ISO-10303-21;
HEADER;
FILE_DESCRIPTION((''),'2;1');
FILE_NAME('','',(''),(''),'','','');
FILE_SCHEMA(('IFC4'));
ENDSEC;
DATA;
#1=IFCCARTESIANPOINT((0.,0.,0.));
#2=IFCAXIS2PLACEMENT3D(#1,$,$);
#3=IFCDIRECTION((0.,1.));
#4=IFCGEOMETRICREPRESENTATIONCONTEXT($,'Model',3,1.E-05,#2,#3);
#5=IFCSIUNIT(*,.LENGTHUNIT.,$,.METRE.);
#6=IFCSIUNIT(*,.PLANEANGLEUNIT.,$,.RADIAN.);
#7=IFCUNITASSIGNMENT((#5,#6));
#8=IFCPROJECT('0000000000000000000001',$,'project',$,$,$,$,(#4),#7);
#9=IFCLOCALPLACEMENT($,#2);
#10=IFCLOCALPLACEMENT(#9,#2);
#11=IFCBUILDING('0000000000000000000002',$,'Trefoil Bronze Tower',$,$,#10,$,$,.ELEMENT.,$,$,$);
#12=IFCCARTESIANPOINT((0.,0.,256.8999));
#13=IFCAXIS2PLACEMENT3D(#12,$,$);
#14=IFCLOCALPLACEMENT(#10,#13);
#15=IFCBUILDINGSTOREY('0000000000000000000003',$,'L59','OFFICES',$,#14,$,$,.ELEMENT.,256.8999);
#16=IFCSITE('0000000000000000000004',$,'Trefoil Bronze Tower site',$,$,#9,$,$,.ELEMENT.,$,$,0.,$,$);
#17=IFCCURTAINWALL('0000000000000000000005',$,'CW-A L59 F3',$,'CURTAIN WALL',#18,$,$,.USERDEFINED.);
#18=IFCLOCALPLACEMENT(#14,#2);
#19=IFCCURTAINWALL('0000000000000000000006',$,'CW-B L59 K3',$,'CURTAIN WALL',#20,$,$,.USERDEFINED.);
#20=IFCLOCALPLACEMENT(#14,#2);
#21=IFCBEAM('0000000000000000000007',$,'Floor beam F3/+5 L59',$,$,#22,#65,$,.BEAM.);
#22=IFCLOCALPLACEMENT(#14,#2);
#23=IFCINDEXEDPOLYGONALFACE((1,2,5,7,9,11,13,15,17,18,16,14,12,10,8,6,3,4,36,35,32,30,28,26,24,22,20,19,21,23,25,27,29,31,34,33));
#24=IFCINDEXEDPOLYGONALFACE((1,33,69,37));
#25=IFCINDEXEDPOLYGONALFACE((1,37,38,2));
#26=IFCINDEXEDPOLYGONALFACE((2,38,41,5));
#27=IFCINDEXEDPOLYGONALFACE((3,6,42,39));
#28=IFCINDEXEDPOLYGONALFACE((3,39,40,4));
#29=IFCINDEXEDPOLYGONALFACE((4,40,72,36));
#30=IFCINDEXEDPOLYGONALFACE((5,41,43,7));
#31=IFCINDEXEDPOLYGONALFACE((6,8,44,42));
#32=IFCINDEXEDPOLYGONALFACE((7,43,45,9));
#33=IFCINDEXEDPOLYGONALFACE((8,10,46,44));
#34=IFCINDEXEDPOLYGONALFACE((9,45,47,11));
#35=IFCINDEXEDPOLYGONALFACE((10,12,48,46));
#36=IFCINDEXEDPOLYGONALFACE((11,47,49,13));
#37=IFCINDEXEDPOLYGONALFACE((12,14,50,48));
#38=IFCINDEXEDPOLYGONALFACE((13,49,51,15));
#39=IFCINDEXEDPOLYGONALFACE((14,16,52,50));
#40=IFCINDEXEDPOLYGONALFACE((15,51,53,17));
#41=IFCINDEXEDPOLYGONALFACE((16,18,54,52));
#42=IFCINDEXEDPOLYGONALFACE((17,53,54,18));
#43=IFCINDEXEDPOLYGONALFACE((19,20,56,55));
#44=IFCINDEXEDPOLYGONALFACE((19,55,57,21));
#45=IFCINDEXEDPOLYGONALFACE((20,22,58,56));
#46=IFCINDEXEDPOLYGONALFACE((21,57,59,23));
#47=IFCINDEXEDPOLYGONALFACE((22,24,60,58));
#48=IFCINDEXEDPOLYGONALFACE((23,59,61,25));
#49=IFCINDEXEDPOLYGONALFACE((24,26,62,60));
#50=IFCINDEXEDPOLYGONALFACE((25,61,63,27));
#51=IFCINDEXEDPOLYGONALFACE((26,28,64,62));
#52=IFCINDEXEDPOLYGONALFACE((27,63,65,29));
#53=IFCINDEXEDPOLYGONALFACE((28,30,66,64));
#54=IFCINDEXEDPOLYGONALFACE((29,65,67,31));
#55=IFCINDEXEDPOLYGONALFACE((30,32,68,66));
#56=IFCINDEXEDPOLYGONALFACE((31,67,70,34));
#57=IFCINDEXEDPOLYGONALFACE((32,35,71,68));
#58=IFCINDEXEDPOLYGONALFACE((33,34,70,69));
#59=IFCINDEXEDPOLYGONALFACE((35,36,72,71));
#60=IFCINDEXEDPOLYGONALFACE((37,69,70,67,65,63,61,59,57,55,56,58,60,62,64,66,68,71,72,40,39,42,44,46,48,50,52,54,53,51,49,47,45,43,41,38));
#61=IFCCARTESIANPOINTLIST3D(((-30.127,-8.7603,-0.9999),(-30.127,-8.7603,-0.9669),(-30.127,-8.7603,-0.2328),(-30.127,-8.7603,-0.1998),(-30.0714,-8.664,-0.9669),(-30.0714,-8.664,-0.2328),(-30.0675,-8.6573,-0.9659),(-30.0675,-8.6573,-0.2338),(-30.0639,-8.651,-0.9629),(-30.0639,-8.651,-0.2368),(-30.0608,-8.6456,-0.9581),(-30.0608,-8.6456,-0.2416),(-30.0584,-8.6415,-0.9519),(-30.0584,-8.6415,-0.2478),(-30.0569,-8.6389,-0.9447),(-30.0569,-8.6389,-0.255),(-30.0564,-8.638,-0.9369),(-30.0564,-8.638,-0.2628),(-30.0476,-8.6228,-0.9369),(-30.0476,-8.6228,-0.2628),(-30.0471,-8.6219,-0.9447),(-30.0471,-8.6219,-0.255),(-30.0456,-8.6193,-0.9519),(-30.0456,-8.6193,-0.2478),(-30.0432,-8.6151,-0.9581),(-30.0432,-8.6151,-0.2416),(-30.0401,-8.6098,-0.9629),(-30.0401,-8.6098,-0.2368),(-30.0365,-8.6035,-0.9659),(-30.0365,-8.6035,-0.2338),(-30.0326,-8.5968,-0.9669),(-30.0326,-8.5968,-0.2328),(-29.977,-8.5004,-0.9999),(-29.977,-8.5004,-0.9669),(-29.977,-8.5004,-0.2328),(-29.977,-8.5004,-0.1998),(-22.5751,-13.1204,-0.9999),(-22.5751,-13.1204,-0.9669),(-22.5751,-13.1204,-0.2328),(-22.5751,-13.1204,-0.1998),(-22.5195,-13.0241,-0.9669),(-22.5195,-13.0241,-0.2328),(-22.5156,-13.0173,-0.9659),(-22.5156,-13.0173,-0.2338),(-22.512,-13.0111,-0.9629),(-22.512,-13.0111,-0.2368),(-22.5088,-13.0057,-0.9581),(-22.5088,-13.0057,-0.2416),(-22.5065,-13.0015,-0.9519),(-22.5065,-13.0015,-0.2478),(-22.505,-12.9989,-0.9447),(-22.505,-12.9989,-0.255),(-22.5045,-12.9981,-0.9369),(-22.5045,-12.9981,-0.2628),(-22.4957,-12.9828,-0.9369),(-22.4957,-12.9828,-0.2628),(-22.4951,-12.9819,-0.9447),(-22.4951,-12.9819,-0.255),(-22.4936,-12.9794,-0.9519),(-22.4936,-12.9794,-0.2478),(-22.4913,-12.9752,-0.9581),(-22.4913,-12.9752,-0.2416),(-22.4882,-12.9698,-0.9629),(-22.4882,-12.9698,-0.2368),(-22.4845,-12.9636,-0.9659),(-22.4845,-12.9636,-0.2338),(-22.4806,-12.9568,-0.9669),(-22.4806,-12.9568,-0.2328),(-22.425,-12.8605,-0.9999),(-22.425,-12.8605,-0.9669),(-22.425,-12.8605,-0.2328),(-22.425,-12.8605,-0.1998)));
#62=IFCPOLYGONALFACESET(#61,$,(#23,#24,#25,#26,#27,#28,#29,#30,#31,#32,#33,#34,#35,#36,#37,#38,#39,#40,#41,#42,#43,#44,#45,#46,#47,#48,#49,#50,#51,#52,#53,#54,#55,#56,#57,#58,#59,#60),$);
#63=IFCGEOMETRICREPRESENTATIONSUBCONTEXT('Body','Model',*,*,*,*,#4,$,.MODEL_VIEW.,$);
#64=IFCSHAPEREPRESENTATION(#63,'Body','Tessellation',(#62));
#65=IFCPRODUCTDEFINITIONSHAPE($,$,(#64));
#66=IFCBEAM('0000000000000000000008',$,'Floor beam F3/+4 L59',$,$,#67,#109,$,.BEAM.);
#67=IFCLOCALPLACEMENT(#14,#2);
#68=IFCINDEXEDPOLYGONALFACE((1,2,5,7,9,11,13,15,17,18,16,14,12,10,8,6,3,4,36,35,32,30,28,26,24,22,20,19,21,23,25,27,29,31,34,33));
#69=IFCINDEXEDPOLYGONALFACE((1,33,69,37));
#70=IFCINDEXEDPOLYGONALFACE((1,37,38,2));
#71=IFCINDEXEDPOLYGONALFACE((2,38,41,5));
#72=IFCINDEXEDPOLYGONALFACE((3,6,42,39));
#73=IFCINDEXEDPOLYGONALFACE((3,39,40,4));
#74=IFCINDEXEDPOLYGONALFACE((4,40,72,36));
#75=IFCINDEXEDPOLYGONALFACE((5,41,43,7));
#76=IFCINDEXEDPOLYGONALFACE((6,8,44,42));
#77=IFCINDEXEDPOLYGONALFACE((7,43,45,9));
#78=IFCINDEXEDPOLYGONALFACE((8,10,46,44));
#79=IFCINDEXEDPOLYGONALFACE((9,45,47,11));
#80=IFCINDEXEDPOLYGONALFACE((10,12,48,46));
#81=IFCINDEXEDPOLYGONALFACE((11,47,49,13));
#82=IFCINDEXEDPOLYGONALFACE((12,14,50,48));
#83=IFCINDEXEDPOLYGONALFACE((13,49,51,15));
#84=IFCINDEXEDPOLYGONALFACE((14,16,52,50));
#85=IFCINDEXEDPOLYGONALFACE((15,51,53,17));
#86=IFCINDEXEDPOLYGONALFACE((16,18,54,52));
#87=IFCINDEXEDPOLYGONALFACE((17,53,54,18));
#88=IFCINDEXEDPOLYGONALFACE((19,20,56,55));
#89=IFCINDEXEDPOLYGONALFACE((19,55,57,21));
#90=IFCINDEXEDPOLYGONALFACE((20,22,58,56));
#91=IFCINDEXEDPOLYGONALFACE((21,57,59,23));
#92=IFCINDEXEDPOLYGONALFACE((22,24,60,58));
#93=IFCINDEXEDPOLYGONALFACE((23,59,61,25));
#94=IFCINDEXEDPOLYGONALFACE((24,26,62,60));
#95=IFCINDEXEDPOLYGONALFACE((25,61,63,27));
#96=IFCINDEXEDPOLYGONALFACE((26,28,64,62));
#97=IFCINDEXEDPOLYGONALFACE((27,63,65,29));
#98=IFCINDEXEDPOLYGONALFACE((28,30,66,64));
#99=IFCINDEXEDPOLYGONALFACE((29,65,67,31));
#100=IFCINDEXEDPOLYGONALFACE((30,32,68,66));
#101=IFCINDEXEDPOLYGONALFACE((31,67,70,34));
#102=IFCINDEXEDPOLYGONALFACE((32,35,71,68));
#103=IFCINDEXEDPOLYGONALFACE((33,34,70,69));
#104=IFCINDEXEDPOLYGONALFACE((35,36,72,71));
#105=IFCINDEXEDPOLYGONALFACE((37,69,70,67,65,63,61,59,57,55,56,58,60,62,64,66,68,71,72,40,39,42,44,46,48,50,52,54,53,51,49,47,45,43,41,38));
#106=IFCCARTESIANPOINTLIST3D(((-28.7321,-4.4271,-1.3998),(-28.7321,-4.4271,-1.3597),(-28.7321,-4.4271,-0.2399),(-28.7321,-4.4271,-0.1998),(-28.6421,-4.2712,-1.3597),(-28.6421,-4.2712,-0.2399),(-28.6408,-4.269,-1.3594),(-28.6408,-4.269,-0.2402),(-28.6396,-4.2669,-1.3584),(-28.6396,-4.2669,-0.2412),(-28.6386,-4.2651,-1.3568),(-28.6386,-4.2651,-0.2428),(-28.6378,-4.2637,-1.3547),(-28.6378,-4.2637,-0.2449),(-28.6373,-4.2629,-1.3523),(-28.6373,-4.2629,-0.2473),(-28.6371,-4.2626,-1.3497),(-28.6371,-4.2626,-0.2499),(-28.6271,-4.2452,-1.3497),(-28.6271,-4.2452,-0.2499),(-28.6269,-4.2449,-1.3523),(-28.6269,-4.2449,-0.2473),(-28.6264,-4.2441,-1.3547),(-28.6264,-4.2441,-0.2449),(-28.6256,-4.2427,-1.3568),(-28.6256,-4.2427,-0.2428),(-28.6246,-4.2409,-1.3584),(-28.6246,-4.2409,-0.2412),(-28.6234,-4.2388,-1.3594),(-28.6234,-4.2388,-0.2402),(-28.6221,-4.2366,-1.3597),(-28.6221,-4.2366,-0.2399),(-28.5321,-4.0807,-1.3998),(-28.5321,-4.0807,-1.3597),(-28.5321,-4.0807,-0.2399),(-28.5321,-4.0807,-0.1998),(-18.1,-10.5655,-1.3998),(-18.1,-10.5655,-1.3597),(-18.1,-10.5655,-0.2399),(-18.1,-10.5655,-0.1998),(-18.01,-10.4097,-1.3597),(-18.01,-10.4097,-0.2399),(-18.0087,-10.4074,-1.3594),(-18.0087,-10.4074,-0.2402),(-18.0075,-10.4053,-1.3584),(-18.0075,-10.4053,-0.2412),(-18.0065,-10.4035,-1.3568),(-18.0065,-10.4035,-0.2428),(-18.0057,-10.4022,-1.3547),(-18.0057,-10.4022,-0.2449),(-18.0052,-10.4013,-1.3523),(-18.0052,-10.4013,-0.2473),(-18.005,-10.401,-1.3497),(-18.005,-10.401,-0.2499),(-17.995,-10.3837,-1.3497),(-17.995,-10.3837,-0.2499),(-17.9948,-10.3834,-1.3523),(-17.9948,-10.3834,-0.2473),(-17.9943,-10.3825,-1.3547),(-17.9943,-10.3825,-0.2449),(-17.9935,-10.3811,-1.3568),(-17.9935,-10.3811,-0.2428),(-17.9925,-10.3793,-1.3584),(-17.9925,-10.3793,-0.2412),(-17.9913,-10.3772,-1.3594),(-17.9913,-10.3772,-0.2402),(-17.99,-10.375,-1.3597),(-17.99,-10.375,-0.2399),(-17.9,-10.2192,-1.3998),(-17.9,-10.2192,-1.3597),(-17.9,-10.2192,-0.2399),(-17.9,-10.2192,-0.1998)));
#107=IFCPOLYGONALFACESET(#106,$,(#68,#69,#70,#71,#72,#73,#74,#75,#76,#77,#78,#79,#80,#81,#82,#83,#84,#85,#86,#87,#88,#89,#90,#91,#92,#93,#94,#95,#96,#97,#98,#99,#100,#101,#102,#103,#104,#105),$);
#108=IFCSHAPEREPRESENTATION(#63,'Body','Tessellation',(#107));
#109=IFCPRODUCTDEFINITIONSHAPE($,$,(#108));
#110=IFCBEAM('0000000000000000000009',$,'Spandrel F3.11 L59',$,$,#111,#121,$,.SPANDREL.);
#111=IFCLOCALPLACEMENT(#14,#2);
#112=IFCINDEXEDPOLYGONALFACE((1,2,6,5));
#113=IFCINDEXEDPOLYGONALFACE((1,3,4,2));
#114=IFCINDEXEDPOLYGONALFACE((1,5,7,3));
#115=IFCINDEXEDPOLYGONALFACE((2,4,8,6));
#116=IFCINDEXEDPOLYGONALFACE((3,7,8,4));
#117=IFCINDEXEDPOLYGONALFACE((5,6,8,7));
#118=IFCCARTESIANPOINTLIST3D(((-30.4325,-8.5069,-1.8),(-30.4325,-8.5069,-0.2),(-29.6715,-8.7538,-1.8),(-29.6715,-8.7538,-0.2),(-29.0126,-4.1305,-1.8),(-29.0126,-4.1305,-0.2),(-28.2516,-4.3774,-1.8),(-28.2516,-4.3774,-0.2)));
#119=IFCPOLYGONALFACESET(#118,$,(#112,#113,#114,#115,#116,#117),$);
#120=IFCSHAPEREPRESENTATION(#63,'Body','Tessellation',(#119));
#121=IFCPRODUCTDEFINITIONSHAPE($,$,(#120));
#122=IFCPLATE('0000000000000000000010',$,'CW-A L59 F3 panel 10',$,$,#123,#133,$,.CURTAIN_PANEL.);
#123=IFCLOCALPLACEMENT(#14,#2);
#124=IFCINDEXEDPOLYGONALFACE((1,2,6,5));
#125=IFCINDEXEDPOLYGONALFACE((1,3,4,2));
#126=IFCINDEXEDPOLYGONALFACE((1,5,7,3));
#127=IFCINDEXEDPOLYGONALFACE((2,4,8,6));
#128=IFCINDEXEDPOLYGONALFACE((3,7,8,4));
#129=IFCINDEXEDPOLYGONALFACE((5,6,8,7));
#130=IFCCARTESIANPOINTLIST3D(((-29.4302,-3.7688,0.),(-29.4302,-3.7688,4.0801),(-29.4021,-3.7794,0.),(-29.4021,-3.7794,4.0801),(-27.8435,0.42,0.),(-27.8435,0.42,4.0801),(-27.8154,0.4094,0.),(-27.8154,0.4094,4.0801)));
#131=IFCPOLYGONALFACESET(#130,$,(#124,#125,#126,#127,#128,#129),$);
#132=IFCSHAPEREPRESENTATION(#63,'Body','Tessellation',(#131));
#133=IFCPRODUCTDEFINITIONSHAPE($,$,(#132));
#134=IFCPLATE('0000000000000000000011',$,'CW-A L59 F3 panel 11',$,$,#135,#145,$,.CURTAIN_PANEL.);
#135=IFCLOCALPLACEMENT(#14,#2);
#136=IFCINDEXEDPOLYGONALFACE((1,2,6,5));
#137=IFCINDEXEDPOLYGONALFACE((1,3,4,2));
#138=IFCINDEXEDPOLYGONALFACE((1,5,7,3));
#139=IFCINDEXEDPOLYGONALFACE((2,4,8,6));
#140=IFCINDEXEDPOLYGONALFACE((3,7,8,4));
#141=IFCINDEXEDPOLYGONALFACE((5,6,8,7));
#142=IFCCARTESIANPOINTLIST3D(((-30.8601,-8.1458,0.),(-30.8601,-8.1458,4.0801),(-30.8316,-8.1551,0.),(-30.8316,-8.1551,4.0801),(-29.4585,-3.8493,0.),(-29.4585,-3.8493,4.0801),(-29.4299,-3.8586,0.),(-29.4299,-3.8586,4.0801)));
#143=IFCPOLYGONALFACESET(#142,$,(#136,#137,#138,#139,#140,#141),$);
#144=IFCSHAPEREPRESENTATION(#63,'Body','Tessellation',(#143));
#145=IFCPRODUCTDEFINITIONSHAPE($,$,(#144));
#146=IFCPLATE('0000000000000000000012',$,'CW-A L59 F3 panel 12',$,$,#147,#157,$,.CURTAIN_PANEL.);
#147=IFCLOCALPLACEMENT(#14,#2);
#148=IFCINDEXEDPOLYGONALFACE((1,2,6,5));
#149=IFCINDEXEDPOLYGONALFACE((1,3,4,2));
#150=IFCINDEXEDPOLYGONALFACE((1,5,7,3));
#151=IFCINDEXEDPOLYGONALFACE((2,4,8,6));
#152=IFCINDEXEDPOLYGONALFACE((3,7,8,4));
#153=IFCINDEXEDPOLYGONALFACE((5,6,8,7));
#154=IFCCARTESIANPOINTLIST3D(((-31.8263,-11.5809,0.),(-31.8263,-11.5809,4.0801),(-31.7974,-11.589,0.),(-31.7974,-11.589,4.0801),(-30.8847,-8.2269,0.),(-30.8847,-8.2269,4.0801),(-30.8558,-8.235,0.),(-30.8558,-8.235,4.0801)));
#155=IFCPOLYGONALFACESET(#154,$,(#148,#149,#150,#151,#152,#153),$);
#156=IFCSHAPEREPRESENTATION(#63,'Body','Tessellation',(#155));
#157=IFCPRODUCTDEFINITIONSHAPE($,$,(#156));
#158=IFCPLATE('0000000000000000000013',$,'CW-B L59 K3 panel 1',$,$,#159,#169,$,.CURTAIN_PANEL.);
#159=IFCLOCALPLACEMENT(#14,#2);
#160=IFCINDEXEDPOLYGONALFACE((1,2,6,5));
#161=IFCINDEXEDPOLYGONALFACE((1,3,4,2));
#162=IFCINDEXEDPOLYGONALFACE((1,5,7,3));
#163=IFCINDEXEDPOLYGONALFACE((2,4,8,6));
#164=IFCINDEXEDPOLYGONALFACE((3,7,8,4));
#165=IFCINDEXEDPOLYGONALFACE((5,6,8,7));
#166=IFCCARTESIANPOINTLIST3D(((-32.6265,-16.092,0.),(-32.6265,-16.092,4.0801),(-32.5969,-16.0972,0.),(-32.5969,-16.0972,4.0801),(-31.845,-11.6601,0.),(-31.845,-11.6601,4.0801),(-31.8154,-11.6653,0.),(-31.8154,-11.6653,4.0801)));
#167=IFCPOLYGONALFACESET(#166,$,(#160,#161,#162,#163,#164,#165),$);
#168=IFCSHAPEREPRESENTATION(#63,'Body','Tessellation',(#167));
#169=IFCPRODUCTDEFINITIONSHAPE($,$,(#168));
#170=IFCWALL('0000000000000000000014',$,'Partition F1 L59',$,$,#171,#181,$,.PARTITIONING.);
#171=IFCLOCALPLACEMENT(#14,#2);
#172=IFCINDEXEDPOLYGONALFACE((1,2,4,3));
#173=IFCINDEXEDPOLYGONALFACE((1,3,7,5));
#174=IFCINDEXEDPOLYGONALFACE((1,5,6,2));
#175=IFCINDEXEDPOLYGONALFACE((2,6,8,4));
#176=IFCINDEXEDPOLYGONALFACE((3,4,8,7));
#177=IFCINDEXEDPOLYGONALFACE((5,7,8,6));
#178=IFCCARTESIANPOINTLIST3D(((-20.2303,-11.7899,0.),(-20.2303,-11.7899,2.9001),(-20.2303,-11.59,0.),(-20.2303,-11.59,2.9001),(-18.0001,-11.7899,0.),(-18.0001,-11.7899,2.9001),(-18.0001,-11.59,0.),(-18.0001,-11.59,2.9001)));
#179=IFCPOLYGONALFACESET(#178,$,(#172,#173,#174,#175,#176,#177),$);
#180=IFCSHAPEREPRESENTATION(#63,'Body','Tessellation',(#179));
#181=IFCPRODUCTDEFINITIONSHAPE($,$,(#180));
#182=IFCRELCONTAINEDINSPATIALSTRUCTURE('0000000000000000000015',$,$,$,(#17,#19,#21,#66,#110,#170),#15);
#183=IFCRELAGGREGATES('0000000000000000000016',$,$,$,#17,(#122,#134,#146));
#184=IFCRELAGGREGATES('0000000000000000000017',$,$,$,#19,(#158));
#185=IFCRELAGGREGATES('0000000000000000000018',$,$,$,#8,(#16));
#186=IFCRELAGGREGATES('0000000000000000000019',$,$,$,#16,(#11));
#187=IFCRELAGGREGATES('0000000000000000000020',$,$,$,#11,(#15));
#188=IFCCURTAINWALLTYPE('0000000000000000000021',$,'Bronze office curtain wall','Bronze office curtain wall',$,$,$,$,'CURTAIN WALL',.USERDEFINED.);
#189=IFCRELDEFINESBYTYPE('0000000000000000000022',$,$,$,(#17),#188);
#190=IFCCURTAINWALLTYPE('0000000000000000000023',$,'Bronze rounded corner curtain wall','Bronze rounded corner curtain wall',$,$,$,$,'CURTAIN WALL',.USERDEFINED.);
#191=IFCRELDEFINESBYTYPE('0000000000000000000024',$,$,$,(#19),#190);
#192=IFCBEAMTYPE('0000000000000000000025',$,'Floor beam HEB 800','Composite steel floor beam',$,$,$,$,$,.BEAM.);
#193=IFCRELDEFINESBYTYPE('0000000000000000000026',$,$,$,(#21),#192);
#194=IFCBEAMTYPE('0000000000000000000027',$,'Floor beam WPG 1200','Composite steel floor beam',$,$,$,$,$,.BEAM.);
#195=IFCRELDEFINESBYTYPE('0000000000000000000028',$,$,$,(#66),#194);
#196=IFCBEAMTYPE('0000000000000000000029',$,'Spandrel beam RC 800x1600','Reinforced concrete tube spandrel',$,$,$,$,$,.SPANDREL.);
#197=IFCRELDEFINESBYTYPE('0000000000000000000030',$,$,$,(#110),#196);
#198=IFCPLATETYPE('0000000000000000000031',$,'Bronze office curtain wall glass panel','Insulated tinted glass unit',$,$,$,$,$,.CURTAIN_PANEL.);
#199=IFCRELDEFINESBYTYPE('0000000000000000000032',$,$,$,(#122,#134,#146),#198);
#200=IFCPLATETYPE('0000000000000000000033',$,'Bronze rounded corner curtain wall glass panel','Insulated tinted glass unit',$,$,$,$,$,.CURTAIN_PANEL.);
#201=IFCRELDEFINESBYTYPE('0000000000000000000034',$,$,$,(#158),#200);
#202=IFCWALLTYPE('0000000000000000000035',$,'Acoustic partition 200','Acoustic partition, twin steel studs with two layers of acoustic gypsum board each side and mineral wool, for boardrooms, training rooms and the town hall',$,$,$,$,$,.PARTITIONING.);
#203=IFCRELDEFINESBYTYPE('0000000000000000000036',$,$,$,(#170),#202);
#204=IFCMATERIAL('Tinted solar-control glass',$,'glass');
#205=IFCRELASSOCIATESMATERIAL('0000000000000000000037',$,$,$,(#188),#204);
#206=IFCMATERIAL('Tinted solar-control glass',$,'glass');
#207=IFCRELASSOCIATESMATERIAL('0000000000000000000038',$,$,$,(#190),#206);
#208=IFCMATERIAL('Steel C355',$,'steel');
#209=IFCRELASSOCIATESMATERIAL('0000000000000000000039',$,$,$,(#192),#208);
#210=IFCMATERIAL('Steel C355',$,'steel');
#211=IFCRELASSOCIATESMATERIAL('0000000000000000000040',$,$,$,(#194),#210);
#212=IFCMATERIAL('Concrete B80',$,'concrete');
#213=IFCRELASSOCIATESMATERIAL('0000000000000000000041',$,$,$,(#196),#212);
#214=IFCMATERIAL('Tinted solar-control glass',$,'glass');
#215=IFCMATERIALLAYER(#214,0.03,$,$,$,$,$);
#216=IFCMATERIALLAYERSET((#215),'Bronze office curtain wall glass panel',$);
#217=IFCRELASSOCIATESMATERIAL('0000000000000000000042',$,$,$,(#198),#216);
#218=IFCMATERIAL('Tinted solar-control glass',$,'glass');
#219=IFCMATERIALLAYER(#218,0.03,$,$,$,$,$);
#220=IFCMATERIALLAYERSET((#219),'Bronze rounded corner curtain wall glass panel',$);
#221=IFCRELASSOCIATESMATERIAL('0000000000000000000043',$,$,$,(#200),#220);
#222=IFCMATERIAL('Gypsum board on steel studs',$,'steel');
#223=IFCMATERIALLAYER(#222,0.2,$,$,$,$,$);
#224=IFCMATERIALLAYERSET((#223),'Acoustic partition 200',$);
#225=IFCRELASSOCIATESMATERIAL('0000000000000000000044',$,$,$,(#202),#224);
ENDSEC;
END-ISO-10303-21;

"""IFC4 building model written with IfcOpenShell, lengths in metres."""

from ifc_helpers import new_model, si_unit, direction, frame, frame_2d, origin, origin_2d, place, context, subcontext, project, spatial, rectangle, i_section, extrude, material, layer, layer_set, material_profile, profile_set, type_object, element, aggregate, save


model = new_model("IFC4")

# Units and contexts
model_context = context("Model", 3, precision=1e-05, world=origin(), true_north=direction((0.0, 1.0)))
body_context = subcontext(model_context, "Body", "Model", "MODEL_VIEW")
ifc_project = project(units=[si_unit("LENGTHUNIT", "METRE"), si_unit("PLANEANGLEUNIT", "RADIAN")], contexts=[model_context])

# Site, building, storey
site_placement = place(None, origin())
site = spatial("IfcSite", under=ifc_project, at=site_placement, Name="Trefoil Bronze Tower site", CompositionType="ELEMENT", RefElevation=0.0)
building_placement = place(site_placement, origin())
building = spatial("IfcBuilding", under=site, at=building_placement, Name="Trefoil Bronze Tower", CompositionType="ELEMENT")
storey_placement = place(building_placement, frame((0.0, 0.0, 256.8999)))
storey = spatial("IfcBuildingStorey", under=building, at=storey_placement, Name="L59", Description="OFFICES", CompositionType="ELEMENT", Elevation=256.8999)

# Curtain walls
ifc_material_1 = material(Name="Tinted solar-control glass", Category="glass")
curtain_wall_type_1 = type_object("IfcCurtainWallType", Name="Bronze office curtain wall", Description="Bronze office curtain wall", ElementType="CURTAIN WALL", PredefinedType="USERDEFINED", material=ifc_material_1)
curtain_wall_1_placement = place(storey_placement, origin())
curtain_wall_1 = element("IfcCurtainWall", 1, at=curtain_wall_1_placement, inside=storey, type_object=curtain_wall_type_1, Name="CW-A L59 F3", ObjectType="CURTAIN WALL", PredefinedType="USERDEFINED")
ifc_material_2 = material(Name="Tinted solar-control glass", Category="glass")
curtain_wall_type_2 = type_object("IfcCurtainWallType", Name="Bronze rounded corner curtain wall", Description="Bronze rounded corner curtain wall", ElementType="CURTAIN WALL", PredefinedType="USERDEFINED", material=ifc_material_2)
curtain_wall_2_placement = place(storey_placement, origin())
curtain_wall_2 = element("IfcCurtainWall", 2, at=curtain_wall_2_placement, inside=storey, type_object=curtain_wall_type_2, Name="CW-B L59 K3", ObjectType="CURTAIN WALL", PredefinedType="USERDEFINED")

# Beams
ifc_material_3 = material(Name="Steel C355", Category="steel")
ifc_material_profile_1 = material_profile(ifc_material_3, i_section(OverallWidth=0.3, OverallDepth=0.8, WebThickness=0.0176, FlangeThickness=0.033, FilletRadius=0.03, at=origin_2d()), Name="HEB 800")
ifc_profile_set_1 = profile_set([ifc_material_profile_1], Name="Steel C355")
beam_type_1 = type_object("IfcBeamType", Name="Floor beam HEB 800", Description="Composite steel floor beam", PredefinedType="BEAM", material=ifc_profile_set_1)
beam_1_placement = place(storey_placement, frame((-30.052, -8.6304, -0.5999), z_axis=(0.866028, -0.499996, 0.0), x_axis=(0.499996, 0.866028, 0.0)))
element("IfcBeam", 3, at=beam_1_placement, inside=storey, type_object=beam_type_1, Name="Floor beam F3/+5 L59", PredefinedType="BEAM", context=body_context, shape_type="SweptSolid", body=[
    extrude(i_section(OverallWidth=0.3, OverallDepth=0.8, WebThickness=0.0176, FlangeThickness=0.033, FilletRadius=0.03, at=origin_2d()), origin(), (0.0, 0.0, 1.0), 8.7202),
])
ifc_material_4 = material(Name="Steel C355", Category="steel")
ifc_material_profile_2 = material_profile(ifc_material_4, i_section(OverallWidth=0.3999, OverallDepth=1.2, WebThickness=0.02, FlangeThickness=0.04, FilletRadius=0.01, at=origin_2d()), Name="WPG 1200")
ifc_profile_set_2 = profile_set([ifc_material_profile_2], Name="Steel C355")
beam_type_2 = type_object("IfcBeamType", Name="Floor beam WPG 1200", Description="Composite steel floor beam", PredefinedType="BEAM", material=ifc_profile_set_2)
beam_2_placement = place(storey_placement, frame((-28.6321, -4.2539, -0.7998), z_axis=(0.866026, -0.5, 0.0), x_axis=(0.5, 0.866026, 0.0)))
element("IfcBeam", 4, at=beam_2_placement, inside=storey, type_object=beam_type_2, Name="Floor beam F3/+4 L59", PredefinedType="BEAM", context=body_context, shape_type="SweptSolid", body=[
    extrude(i_section(OverallWidth=0.3999, OverallDepth=1.2, WebThickness=0.02, FlangeThickness=0.04, FilletRadius=0.01, at=origin_2d()), origin(), (0.0, 0.0, 1.0), 12.2769),
])
ifc_material_5 = material(Name="Concrete B80", Category="concrete")
ifc_material_profile_3 = material_profile(ifc_material_5, rectangle(XDim=0.8, YDim=1.6001, at=origin_2d()), Name="RC 800x1600")
ifc_profile_set_3 = profile_set([ifc_material_profile_3], Name="Concrete B80")
beam_type_3 = type_object("IfcBeamType", Name="Spandrel beam RC 800x1600", Description="Reinforced concrete tube spandrel", PredefinedType="SPANDREL", material=ifc_profile_set_3)
beam_3_placement = place(storey_placement, frame((-28.6321, -4.2539, -1.0), z_axis=(-0.308609, -0.951189, 0.0), x_axis=(0.951189, -0.308609, 0.0)))
element("IfcBeam", 5, at=beam_3_placement, inside=storey, type_object=beam_type_3, Name="Spandrel F3.11 L59", PredefinedType="SPANDREL", context=body_context, shape_type="SweptSolid", body=[
    extrude(rectangle(XDim=0.8, YDim=1.6001, at=origin_2d()), origin(), (0.0, 0.0, 1.0), 4.6011),
])

# Plates
ifc_material_6 = material(Name="Tinted solar-control glass", Category="glass")
ifc_layer_1 = layer(ifc_material_6, 0.03)
ifc_layer_set_1 = layer_set([ifc_layer_1], Name="Bronze office curtain wall glass panel")
plate_type_1 = type_object("IfcPlateType", Name="Bronze office curtain wall glass panel", Description="Insulated tinted glass unit", PredefinedType="CURTAIN_PANEL", material=ifc_layer_set_1)
plate_1_placement = place(storey_placement, frame((-28.6228, -1.6797, 0.0), z_axis=(0.0, 0.0, 1.0), x_axis=(-0.354234, -0.935157, 0.0)))
plate_1 = element("IfcPlate", 6, at=plate_1_placement, type_object=plate_type_1, Name="CW-A L59 F3 panel 10", PredefinedType="CURTAIN_PANEL", context=body_context, shape_type="SweptSolid", body=[
    extrude(rectangle(XDim=4.4792, YDim=0.03, at=origin_2d()), origin(), (0.0, 0.0, 1.0), 4.0801),
])
plate_2_placement = place(storey_placement, frame((-30.145, -6.0022, 0.0), z_axis=(0.0, 0.0, 1.0), x_axis=(-0.310149, -0.950688, 0.0)))
plate_2 = element("IfcPlate", 7, at=plate_2_placement, type_object=plate_type_1, Name="CW-A L59 F3 panel 11", PredefinedType="CURTAIN_PANEL", context=body_context, shape_type="SweptSolid", body=[
    extrude(rectangle(XDim=4.5193, YDim=0.03, at=origin_2d()), origin(), (0.0, 0.0, 1.0), 4.0801),
])
plate_3_placement = place(storey_placement, frame((-31.3411, -9.908, 0.0), z_axis=(0.0, 0.0, 1.0), x_axis=(-0.270282, -0.962781, 0.0)))
plate_3 = element("IfcPlate", 8, at=plate_3_placement, type_object=plate_type_1, Name="CW-A L59 F3 panel 12", PredefinedType="CURTAIN_PANEL", context=body_context, shape_type="SweptSolid", body=[
    extrude(rectangle(XDim=3.4836, YDim=0.03, at=origin_2d()), origin(), (0.0, 0.0, 1.0), 4.0801),
])
aggregate(curtain_wall_1, [plate_1, plate_2, plate_3])
ifc_material_7 = material(Name="Tinted solar-control glass", Category="glass")
ifc_layer_2 = layer(ifc_material_7, 0.03)
ifc_layer_set_2 = layer_set([ifc_layer_2], Name="Bronze rounded corner curtain wall glass panel")
plate_type_2 = type_object("IfcPlateType", Name="Bronze rounded corner curtain wall glass panel", Description="Insulated tinted glass unit", PredefinedType="CURTAIN_PANEL", material=ifc_layer_set_2)
plate_4_placement = place(storey_placement, frame((-32.2209, -13.8787, 0.0), z_axis=(0.0, 0.0, 1.0), x_axis=(-0.173648, -0.984808, 0.0)))
plate_4 = element("IfcPlate", 9, at=plate_4_placement, type_object=plate_type_2, Name="CW-B L59 K3 panel 1", PredefinedType="CURTAIN_PANEL", context=body_context, shape_type="SweptSolid", body=[
    extrude(rectangle(XDim=4.5002, YDim=0.03, at=origin_2d()), origin(), (0.0, 0.0, 1.0), 4.0801),
])
aggregate(curtain_wall_2, [plate_4])

# Wall
ifc_material_8 = material(Name="Gypsum board on steel studs", Category="steel")
ifc_layer_3 = layer(ifc_material_8, 0.2)
ifc_layer_set_3 = layer_set([ifc_layer_3], Name="Acoustic partition 200")
wall_type_1 = type_object("IfcWallType", Name="Acoustic partition 200", Description="Acoustic partition, twin steel studs with two layers of acoustic gypsum board each side and mineral wool, for boardrooms, training rooms and the town hall", PredefinedType="PARTITIONING", material=ifc_layer_set_3)
wall_1_placement = place(storey_placement, frame((-18.0, -11.6899, 0.0), z_axis=(0.0, 0.0, 1.0), x_axis=(-1.0, 0.0, 0.0)))
element("IfcWall", 10, at=wall_1_placement, inside=storey, type_object=wall_type_1, Name="Partition F1 L59", PredefinedType="PARTITIONING", context=body_context, shape_type="SweptSolid", body=[
    extrude(rectangle(XDim=2.2302, YDim=0.2, at=frame_2d((1.1152, 0.0))), origin(), (0.0, 0.0, 1.0), 2.9001),
])

save(model, "model.ifc")
